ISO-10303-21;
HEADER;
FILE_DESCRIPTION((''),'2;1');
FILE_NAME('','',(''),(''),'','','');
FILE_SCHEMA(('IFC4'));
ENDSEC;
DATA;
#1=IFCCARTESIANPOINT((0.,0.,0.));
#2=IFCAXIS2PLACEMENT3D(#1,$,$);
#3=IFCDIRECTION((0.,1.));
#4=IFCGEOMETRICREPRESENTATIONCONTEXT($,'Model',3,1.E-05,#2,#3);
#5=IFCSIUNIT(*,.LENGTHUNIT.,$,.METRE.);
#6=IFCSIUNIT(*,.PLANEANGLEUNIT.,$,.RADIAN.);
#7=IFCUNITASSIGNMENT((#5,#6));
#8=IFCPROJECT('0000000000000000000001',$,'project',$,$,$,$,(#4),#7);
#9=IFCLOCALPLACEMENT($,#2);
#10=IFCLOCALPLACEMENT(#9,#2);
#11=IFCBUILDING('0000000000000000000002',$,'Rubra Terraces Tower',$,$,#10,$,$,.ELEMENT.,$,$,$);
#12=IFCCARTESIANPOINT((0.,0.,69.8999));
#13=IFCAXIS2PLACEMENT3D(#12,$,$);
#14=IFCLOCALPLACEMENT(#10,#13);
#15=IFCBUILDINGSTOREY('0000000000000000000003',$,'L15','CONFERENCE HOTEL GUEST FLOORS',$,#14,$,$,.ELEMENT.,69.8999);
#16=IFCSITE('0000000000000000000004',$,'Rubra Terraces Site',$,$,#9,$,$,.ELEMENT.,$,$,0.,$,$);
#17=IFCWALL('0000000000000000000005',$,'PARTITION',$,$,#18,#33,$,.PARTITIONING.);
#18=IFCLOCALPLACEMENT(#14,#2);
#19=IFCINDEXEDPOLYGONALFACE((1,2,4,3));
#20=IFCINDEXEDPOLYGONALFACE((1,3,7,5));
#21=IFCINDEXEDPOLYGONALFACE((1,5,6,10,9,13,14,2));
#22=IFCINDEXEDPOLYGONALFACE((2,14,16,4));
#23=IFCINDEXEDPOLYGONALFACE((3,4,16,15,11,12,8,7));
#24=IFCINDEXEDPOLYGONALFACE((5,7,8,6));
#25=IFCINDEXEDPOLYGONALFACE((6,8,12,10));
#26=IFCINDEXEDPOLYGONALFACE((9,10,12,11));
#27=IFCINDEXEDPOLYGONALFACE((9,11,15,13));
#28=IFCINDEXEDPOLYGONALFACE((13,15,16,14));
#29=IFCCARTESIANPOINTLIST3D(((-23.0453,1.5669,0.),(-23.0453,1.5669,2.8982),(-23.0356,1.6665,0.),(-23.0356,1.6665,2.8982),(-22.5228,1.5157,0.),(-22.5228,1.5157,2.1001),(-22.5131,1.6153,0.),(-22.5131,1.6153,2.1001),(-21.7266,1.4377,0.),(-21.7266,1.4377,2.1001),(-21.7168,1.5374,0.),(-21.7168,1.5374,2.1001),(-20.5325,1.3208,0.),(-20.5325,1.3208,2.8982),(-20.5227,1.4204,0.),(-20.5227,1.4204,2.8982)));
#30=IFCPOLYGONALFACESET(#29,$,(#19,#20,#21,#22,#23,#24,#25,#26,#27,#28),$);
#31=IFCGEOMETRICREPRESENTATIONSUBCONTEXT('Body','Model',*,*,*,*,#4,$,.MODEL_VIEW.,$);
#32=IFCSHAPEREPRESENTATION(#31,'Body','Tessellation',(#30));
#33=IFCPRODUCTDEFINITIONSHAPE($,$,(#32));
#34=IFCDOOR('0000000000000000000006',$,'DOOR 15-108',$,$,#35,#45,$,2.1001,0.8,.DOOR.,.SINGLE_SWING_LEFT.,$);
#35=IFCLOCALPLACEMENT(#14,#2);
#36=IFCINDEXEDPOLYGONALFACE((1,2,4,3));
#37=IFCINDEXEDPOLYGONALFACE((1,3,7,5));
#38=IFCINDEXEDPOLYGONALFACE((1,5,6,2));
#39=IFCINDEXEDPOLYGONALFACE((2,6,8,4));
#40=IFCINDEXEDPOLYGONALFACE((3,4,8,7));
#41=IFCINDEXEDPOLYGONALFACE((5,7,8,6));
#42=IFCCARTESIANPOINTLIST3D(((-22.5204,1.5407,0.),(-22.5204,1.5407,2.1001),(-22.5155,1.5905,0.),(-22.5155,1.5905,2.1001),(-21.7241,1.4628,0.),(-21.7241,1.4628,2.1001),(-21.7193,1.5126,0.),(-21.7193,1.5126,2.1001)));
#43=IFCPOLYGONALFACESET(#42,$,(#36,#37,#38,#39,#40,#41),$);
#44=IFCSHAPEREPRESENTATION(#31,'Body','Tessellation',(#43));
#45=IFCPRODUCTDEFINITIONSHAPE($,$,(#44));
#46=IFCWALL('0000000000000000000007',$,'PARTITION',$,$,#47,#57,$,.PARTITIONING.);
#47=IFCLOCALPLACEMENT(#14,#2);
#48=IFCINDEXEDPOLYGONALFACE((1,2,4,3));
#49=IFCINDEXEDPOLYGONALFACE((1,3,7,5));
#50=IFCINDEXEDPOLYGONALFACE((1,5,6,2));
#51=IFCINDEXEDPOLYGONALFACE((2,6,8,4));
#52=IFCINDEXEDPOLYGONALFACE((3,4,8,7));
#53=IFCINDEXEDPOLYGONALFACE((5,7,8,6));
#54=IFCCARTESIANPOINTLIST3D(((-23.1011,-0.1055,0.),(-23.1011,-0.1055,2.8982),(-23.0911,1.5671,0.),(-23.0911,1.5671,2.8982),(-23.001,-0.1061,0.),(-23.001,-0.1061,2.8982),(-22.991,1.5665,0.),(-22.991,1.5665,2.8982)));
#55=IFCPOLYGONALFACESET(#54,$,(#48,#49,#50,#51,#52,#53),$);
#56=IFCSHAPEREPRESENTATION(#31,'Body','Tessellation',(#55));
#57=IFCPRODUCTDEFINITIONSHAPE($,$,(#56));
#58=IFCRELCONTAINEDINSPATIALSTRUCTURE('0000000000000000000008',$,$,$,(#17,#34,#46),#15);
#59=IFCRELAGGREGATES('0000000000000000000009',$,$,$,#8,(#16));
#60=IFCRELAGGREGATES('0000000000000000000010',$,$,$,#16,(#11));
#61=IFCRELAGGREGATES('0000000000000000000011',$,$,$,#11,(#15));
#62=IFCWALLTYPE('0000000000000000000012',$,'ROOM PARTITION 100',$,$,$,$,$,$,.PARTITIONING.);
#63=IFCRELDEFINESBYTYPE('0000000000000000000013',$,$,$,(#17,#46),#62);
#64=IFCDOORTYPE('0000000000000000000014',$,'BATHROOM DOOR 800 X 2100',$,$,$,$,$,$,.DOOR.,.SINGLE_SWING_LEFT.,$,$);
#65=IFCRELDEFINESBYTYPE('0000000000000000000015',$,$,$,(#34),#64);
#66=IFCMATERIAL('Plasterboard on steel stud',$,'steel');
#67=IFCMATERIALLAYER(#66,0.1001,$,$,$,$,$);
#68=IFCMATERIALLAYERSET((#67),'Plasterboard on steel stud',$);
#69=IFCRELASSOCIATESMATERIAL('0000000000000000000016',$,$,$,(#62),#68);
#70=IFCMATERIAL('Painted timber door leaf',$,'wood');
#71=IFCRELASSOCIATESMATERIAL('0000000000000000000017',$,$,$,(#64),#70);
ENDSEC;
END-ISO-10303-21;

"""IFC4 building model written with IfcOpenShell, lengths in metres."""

from ifc_helpers import new_model, si_unit, direction, frame, frame_2d, origin, place, context, subcontext, project, spatial, rectangle, extrude, material, layer, layer_set, type_object, element, fill, save


model = new_model("IFC4")

# Units and contexts
model_context = context("Model", 3, precision=1e-05, world=origin(), true_north=direction((0.0, 1.0)))
body_context = subcontext(model_context, "Body", "Model", "MODEL_VIEW")
ifc_project = project(units=[si_unit("LENGTHUNIT", "METRE"), si_unit("PLANEANGLEUNIT", "RADIAN")], contexts=[model_context])

# Site, building, storey
site_placement = place(None, origin())
site = spatial("IfcSite", under=ifc_project, at=site_placement, Name="Rubra Terraces Site", CompositionType="ELEMENT", RefElevation=0.0)
building_placement = place(site_placement, origin())
building = spatial("IfcBuilding", under=site, at=building_placement, Name="Rubra Terraces Tower", CompositionType="ELEMENT")
storey_placement = place(building_placement, frame((0.0, 0.0, 69.8999)))
storey = spatial("IfcBuildingStorey", under=building, at=storey_placement, Name="L15", Description="CONFERENCE HOTEL GUEST FLOORS", CompositionType="ELEMENT", Elevation=69.8999)

# Shared definitions
ifc_material_1 = material(Name="Painted timber door leaf", Category="wood")

# Wall, opening, door
ifc_material_2 = material(Name="Plasterboard on steel stud", Category="steel")
ifc_layer_1 = layer(ifc_material_2, 0.1001)
ifc_layer_set_1 = layer_set([ifc_layer_1], Name="Plasterboard on steel stud")
wall_type_1 = type_object("IfcWallType", Name="ROOM PARTITION 100", PredefinedType="PARTITIONING", material=ifc_layer_set_1)
wall_1_placement = place(storey_placement, frame((-20.5276, 1.3706, 0.0), z_axis=(0.0, 0.0, 1.0), x_axis=(-0.995239, 0.097464, 0.0)))
wall_1 = element("IfcWall", 1, at=wall_1_placement, inside=storey, type_object=wall_type_1, Name="PARTITION", PredefinedType="PARTITIONING", context=body_context, shape_type="SweptSolid", body=[
    extrude(rectangle(XDim=2.5249, YDim=0.1001, at=frame_2d((1.2625, 0.0))), origin(), (0.0, 0.0, 1.0), 2.8982),
])
opening_1_placement = place(wall_1_placement, frame((1.2, 0.0, 0.0)))
opening_1 = element("IfcOpeningElement", 2, at=opening_1_placement, cuts=wall_1, PredefinedType="OPENING", context=body_context, shape_type="SweptSolid", body=[
    extrude(rectangle(XDim=0.8, YDim=2.1001, at=frame_2d((0.3999, 1.05))), frame((0.0, 0.0601, 0.0), z_axis=(0.0, -1.0, 0.0), x_axis=(1.0, 0.0, 0.0)), (0.0, 0.0, 1.0), 0.1201),
])
door_type_1 = type_object("IfcDoorType", Name="BATHROOM DOOR 800 X 2100", OperationType="SINGLE_SWING_LEFT", PredefinedType="DOOR", material=ifc_material_1)
door_1_placement = place(opening_1_placement, origin())
door_1 = element("IfcDoor", 3, at=door_1_placement, inside=storey, type_object=door_type_1, Name="DOOR 15-108", OperationType="SINGLE_SWING_LEFT", OverallHeight=2.1001, OverallWidth=0.8, PredefinedType="DOOR", context=body_context, shape_type="SweptSolid", body=[
    extrude(rectangle(XDim=0.8, YDim=2.1001, at=frame_2d((0.3999, 1.05))), frame((0.0, 0.0249, 0.0), z_axis=(0.0, -1.0, 0.0), x_axis=(1.0, 0.0, 0.0)), (0.0, 0.0, 1.0), 0.05),
])
fill(opening_1, door_1)

# Wall
wall_2_placement = place(storey_placement, frame((-23.041, 1.5669, 0.0), z_axis=(0.0, 0.0, 1.0), x_axis=(-0.005984, -0.999982, 0.0)))
element("IfcWall", 4, at=wall_2_placement, inside=storey, type_object=wall_type_1, Name="PARTITION", PredefinedType="PARTITIONING", context=body_context, shape_type="SweptSolid", body=[
    extrude(rectangle(XDim=1.6726, YDim=0.1001, at=frame_2d((0.8364, 0.0))), origin(), (0.0, 0.0, 1.0), 2.8982),
])

save(model, "model.ifc")
